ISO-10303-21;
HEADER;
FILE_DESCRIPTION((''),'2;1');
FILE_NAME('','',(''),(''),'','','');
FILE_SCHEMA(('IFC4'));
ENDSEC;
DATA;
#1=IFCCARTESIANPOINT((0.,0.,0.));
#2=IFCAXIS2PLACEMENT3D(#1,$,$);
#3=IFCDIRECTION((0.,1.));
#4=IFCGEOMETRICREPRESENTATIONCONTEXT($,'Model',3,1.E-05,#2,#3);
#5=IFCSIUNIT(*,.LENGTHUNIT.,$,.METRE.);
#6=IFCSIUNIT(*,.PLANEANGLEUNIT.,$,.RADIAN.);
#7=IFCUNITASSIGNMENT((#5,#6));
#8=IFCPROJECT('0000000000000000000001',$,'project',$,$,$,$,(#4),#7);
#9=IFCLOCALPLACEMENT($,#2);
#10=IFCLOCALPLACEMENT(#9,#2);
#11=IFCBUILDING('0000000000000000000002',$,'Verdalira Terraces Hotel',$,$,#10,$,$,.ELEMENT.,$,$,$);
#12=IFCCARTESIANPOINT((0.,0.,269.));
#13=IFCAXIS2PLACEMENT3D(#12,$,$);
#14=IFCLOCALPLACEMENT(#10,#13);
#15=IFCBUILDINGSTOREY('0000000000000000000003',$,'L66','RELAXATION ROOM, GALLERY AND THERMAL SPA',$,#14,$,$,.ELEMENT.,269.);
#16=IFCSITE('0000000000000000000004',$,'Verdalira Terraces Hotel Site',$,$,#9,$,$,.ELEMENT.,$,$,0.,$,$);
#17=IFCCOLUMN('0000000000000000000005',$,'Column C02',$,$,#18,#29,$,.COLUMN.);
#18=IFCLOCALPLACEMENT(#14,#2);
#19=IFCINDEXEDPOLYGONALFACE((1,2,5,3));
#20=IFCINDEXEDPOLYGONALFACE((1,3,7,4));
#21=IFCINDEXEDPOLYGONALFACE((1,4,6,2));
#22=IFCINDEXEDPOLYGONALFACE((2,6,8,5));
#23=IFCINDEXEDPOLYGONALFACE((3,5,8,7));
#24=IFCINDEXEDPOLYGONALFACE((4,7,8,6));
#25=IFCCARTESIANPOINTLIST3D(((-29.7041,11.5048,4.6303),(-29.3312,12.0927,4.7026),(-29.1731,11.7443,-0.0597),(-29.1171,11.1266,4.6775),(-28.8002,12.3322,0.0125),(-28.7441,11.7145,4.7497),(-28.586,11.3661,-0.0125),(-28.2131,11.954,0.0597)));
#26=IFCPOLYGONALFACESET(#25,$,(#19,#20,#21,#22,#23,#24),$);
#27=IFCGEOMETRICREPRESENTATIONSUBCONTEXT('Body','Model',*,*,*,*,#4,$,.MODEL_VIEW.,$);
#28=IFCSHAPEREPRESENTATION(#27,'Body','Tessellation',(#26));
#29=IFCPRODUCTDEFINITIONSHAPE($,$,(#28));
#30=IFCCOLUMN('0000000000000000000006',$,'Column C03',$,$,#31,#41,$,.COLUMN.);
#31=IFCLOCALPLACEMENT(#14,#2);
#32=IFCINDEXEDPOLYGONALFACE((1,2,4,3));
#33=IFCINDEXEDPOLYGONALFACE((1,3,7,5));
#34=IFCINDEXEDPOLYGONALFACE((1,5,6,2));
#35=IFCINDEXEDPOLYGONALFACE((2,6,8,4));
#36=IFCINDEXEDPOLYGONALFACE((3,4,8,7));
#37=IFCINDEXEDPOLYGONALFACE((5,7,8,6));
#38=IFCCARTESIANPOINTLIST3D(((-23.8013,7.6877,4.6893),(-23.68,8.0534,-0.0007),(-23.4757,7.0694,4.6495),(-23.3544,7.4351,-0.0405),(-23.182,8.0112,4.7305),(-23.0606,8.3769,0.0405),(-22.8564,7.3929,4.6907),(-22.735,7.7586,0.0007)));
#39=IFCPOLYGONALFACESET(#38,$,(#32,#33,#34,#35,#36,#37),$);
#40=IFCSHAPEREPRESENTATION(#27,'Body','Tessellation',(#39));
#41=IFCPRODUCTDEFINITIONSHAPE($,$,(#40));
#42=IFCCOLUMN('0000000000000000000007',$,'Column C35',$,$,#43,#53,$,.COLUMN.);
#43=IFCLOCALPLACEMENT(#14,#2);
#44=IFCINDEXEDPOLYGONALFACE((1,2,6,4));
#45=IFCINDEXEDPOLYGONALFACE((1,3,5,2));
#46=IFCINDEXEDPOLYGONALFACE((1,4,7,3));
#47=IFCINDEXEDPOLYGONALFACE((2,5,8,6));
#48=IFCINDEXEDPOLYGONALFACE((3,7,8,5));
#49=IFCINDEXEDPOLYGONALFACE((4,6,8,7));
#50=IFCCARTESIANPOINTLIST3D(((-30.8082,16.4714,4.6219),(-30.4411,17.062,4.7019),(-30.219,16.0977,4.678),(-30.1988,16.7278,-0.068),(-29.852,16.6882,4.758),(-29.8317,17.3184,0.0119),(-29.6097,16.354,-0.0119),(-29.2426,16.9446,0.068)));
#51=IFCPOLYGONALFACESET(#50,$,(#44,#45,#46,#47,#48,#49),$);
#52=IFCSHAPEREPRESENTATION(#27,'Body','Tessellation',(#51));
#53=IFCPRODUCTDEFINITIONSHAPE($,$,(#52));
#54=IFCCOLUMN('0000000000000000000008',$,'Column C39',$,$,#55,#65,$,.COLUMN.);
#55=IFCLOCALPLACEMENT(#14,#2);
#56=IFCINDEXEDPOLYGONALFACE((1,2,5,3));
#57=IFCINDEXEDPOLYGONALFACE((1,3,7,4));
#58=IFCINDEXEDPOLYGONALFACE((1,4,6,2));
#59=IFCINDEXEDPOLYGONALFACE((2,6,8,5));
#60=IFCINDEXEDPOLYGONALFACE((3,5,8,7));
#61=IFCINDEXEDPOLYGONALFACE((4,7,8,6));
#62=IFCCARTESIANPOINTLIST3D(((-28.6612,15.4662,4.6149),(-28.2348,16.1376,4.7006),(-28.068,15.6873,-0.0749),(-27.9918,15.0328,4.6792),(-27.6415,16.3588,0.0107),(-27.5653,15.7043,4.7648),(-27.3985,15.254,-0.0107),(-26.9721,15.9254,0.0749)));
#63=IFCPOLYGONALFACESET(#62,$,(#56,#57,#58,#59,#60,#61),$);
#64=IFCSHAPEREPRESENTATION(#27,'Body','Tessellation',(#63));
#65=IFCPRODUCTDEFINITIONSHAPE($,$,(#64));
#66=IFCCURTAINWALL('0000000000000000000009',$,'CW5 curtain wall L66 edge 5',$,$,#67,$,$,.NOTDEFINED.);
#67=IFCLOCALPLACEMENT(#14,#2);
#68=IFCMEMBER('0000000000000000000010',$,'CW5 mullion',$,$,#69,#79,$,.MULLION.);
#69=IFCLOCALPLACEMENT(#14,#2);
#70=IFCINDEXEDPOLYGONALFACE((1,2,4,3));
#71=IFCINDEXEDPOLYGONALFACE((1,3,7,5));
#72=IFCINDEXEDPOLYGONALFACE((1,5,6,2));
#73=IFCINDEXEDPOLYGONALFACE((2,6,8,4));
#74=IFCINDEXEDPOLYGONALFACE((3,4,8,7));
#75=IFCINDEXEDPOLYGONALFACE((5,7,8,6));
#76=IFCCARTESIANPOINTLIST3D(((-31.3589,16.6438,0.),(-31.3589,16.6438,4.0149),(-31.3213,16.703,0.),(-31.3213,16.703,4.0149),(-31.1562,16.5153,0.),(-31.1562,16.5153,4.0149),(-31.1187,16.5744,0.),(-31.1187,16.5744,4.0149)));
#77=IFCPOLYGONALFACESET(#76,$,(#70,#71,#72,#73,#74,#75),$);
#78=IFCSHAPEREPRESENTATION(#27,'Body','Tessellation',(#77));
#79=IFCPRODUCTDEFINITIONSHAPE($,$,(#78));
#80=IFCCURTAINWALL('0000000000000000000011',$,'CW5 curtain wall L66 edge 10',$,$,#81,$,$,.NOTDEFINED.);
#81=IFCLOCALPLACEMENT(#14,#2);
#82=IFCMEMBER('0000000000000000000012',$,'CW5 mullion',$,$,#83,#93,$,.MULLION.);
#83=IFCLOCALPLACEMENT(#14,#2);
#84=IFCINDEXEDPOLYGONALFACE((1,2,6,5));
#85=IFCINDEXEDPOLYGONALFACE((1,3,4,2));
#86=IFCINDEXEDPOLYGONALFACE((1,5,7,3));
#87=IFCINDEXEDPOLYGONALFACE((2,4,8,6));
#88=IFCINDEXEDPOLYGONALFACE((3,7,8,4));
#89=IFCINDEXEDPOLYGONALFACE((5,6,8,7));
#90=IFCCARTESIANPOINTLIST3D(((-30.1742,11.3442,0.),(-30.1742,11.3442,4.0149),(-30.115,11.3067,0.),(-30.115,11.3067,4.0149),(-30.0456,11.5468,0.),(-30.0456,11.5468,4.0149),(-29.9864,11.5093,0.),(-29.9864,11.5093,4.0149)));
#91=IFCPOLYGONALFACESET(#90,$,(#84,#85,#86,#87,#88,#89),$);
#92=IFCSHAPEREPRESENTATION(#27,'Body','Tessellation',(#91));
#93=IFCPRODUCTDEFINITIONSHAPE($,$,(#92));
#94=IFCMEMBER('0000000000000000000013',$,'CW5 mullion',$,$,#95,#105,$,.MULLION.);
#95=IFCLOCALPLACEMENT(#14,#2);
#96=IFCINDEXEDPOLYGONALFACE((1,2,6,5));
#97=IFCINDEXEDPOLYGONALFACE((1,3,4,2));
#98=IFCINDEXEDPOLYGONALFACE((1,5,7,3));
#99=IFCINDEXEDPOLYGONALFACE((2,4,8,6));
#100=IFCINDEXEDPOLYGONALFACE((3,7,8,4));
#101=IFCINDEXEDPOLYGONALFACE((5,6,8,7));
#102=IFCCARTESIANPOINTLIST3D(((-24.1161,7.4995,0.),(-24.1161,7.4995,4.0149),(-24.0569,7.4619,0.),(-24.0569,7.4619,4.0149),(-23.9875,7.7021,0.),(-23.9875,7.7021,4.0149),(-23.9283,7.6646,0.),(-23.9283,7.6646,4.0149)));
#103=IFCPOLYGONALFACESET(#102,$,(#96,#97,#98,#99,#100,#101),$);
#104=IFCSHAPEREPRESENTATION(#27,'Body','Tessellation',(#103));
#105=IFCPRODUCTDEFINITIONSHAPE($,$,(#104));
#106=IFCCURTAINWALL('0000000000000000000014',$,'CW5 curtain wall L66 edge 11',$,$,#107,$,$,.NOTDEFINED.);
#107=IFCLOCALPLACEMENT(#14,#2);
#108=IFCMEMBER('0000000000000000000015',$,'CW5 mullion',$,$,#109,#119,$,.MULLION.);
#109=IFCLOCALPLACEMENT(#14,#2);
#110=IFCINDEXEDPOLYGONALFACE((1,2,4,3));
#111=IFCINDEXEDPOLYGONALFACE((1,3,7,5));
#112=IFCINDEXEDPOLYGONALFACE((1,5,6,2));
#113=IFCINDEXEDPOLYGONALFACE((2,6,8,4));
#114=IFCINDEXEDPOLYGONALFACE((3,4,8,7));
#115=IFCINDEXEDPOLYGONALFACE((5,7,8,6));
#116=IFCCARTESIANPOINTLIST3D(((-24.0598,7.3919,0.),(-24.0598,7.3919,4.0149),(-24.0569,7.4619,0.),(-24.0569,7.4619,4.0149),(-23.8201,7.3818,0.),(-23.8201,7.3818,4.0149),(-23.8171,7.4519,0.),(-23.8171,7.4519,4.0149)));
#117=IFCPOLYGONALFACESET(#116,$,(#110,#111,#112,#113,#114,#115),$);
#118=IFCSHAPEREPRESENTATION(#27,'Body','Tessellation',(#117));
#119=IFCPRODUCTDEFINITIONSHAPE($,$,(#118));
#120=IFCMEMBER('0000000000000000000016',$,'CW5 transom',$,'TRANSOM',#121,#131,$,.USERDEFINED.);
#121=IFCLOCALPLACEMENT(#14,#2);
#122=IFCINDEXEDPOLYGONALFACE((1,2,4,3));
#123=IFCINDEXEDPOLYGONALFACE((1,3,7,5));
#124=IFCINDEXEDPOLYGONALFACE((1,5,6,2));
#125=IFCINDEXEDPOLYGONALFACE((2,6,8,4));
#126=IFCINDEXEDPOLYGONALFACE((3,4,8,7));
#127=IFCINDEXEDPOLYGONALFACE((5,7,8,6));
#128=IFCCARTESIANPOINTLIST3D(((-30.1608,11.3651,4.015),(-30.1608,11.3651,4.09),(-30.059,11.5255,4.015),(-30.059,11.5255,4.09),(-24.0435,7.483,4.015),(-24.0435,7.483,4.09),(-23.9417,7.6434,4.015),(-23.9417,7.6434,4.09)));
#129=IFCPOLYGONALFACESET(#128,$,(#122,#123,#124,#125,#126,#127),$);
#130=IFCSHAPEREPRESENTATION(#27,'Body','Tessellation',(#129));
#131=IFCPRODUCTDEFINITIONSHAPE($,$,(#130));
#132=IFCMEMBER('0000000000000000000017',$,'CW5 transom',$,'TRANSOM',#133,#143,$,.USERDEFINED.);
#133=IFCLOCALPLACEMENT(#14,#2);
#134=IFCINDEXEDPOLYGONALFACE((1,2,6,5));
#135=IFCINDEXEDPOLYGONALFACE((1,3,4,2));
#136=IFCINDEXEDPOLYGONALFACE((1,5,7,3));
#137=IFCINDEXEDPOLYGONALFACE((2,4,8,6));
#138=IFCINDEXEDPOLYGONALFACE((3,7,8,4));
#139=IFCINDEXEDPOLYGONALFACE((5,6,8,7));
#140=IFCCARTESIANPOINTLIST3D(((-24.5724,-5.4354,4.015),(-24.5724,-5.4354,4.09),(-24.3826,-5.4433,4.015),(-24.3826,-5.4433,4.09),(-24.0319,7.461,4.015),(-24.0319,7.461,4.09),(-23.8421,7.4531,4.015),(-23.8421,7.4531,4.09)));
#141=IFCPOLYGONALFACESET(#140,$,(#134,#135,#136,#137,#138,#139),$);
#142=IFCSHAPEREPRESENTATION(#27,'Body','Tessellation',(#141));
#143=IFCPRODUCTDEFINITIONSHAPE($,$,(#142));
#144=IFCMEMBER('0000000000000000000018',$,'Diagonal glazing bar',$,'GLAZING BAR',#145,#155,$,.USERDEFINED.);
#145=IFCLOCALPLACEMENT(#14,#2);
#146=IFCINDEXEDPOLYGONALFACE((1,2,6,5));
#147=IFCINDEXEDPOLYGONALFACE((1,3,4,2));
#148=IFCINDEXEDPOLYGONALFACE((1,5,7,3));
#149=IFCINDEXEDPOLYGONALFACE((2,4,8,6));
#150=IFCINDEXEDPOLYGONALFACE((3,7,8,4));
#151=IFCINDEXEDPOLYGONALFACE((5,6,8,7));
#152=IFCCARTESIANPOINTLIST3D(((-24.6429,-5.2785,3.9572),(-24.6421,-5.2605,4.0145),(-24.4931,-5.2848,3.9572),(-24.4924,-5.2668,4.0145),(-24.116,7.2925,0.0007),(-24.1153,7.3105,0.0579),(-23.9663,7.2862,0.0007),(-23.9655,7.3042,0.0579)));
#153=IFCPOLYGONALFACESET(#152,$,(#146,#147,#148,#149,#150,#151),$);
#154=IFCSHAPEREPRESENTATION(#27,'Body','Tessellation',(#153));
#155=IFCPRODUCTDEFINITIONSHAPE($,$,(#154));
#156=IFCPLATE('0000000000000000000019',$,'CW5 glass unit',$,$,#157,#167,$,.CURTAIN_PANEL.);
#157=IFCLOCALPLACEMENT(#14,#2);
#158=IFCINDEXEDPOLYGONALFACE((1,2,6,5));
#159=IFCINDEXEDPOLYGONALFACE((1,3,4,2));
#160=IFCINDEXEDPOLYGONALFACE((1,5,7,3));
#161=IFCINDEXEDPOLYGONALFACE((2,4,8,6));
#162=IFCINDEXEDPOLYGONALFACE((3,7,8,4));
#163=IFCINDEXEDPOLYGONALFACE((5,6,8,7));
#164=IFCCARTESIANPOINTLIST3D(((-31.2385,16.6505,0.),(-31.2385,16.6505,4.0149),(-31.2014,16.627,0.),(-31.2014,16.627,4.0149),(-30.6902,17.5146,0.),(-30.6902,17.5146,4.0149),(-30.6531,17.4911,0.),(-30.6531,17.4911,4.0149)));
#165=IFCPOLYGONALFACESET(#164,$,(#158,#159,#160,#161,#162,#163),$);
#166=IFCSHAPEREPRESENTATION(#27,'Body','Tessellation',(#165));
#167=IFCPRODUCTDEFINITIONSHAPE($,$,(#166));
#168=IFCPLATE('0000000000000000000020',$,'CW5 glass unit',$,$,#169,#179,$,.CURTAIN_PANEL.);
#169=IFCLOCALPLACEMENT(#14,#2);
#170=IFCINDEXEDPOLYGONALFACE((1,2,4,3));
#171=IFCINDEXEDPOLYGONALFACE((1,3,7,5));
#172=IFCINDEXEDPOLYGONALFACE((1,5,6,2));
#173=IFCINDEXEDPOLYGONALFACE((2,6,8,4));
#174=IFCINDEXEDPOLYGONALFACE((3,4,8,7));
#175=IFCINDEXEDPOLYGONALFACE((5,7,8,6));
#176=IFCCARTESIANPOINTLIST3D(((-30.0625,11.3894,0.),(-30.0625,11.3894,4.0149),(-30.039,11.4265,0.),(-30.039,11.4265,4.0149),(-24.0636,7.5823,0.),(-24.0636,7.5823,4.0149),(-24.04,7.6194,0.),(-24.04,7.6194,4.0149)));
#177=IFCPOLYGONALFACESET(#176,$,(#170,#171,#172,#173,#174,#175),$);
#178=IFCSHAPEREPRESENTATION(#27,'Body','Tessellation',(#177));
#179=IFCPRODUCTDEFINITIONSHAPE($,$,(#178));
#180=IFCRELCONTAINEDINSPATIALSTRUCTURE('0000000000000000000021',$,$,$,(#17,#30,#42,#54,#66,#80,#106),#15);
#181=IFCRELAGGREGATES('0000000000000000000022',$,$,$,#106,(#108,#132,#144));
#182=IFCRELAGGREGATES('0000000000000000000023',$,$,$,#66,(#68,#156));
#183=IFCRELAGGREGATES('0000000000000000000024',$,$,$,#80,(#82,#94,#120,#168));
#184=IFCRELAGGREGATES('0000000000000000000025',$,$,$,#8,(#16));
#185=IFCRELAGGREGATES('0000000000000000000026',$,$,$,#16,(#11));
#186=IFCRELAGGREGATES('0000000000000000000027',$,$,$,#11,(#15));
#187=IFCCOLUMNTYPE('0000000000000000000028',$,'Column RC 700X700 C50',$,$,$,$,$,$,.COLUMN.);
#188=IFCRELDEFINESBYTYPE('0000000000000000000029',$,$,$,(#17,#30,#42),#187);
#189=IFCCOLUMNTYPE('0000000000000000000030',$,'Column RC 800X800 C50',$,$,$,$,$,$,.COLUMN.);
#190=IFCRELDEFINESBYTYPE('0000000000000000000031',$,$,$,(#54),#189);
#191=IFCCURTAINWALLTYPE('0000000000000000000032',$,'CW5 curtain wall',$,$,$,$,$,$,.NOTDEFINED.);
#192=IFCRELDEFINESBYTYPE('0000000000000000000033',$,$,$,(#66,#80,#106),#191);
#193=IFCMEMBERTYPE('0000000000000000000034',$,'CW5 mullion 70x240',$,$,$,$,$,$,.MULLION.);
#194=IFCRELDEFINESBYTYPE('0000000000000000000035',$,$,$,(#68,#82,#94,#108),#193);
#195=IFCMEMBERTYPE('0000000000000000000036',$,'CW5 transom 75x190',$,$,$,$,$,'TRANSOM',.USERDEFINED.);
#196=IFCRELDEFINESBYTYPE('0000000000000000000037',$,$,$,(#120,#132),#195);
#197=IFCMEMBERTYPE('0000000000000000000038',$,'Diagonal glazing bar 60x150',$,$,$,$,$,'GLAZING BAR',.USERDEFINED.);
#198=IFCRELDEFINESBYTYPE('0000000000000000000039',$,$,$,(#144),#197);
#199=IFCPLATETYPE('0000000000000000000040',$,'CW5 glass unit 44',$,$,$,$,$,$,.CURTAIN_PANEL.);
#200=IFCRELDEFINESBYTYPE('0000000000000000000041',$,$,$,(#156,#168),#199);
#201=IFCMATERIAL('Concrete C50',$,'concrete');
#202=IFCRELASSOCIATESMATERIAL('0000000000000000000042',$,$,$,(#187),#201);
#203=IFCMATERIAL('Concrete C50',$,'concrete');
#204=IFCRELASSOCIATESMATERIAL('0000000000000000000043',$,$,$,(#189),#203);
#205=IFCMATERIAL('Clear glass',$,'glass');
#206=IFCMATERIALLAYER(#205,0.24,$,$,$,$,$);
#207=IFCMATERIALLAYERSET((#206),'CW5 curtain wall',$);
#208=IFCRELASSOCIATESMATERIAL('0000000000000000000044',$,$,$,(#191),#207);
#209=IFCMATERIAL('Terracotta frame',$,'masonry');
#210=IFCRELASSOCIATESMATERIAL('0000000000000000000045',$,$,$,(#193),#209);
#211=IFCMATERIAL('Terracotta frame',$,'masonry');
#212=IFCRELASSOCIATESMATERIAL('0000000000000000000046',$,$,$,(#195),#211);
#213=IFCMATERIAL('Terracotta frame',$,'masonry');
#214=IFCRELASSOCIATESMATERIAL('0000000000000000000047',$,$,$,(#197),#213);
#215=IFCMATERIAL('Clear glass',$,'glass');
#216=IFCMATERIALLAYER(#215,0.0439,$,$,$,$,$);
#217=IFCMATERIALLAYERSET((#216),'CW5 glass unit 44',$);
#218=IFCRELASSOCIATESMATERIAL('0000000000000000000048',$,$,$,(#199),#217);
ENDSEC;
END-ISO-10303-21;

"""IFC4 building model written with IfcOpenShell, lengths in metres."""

from ifc_helpers import new_model, si_unit, direction, frame, origin, origin_2d, place, context, subcontext, project, spatial, rectangle, extrude, material, layer, layer_set, material_profile, profile_set, type_object, element, aggregate, save


model = new_model("IFC4")

# Units and contexts
model_context = context("Model", 3, precision=1e-05, world=origin(), true_north=direction((0.0, 1.0)))
body_context = subcontext(model_context, "Body", "Model", "MODEL_VIEW")
ifc_project = project(units=[si_unit("LENGTHUNIT", "METRE"), si_unit("PLANEANGLEUNIT", "RADIAN")], contexts=[model_context])

# Site, building, storey
site_placement = place(None, origin())
site = spatial("IfcSite", under=ifc_project, at=site_placement, Name="Verdalira Terraces Hotel Site", CompositionType="ELEMENT", RefElevation=0.0)
building_placement = place(site_placement, origin())
building = spatial("IfcBuilding", under=site, at=building_placement, Name="Verdalira Terraces Hotel", CompositionType="ELEMENT")
storey_placement = place(building_placement, frame((0.0, 0.0, 269.0)))
storey = spatial("IfcBuildingStorey", under=building, at=storey_placement, Name="L66", Description="RELAXATION ROOM, GALLERY AND THERMAL SPA", CompositionType="ELEMENT", Elevation=269.0)

# Columns
ifc_material_1 = material(Name="Concrete C50", Category="concrete")
ifc_material_profile_1 = material_profile(ifc_material_1, rectangle(XDim=0.7, YDim=0.7, at=origin_2d()), Name="RC 700X700")
ifc_profile_set_1 = profile_set([ifc_material_profile_1], Name="Concrete C50")
column_type_1 = type_object("IfcColumnType", Name="Column RC 700X700 C50", PredefinedType="COLUMN", material=ifc_profile_set_1)
column_1_placement = place(storey_placement, frame((-28.6931, 11.8491, 0.0), z_axis=(-0.112359, -0.050678, 0.992375), x_axis=(0.838743, -0.540344, 0.06737)))
element("IfcColumn", 1, at=column_1_placement, inside=storey, type_object=column_type_1, Name="Column C02", PredefinedType="COLUMN", context=body_context, shape_type="SweptSolid", body=[
    extrude(rectangle(XDim=0.7, YDim=0.7, at=origin_2d()), origin(), (0.0, 0.0, 1.0), 4.7261),
])
column_2_placement = place(storey_placement, frame((-23.2075, 7.906, 0.0), z_axis=(-0.025785, -0.077718, 0.996642), x_axis=(-0.465171, 0.883393, 0.056852)))
element("IfcColumn", 2, at=column_2_placement, inside=storey, type_object=column_type_1, Name="Column C03", PredefinedType="COLUMN", context=body_context, shape_type="SweptSolid", body=[
    extrude(rectangle(XDim=0.7, YDim=0.7, at=origin_2d()), origin(), (0.0, 0.0, 1.0), 4.7058),
])
column_3_placement = place(storey_placement, frame((-29.7207, 16.8362, 0.0), z_axis=(-0.12866, -0.054124, 0.990211), x_axis=(-0.52442, -0.843758, -0.114258)))
element("IfcColumn", 3, at=column_3_placement, inside=storey, type_object=column_type_1, Name="Column C35", PredefinedType="COLUMN", context=body_context, shape_type="SweptSolid", body=[
    extrude(rectangle(XDim=0.7, YDim=0.7, at=origin_2d()), origin(), (0.0, 0.0, 1.0), 4.7363),
])
ifc_material_2 = material(Name="Concrete C50", Category="concrete")
ifc_material_profile_2 = material_profile(ifc_material_2, rectangle(XDim=0.8, YDim=0.8, at=origin_2d()), Name="RC 800X800")
ifc_profile_set_2 = profile_set([ifc_material_profile_2], Name="Concrete C50")
column_type_2 = type_object("IfcColumnType", Name="Column RC 800X800 C50", PredefinedType="COLUMN", material=ifc_profile_set_2)
column_4_placement = place(storey_placement, frame((-27.52, 15.8064, 0.0), z_axis=(-0.125359, -0.046739, 0.99101), x_axis=(-0.836743, 0.541677, -0.080298)))
element("IfcColumn", 4, at=column_4_placement, inside=storey, type_object=column_type_2, Name="Column C39", PredefinedType="COLUMN", context=body_context, shape_type="SweptSolid", body=[
    extrude(rectangle(XDim=0.8, YDim=0.8, at=origin_2d()), origin(), (0.0, 0.0, 1.0), 4.7324),
])

# Curtain wall, member
ifc_material_3 = material(Name="Clear glass", Category="glass")
ifc_layer_1 = layer(ifc_material_3, 0.24)
ifc_layer_set_1 = layer_set([ifc_layer_1], Name="CW5 curtain wall")
curtain_wall_type = type_object("IfcCurtainWallType", Name="CW5 curtain wall", PredefinedType="NOTDEFINED", material=ifc_layer_set_1)
curtain_wall_1_placement = place(storey_placement, origin())
curtain_wall_1 = element("IfcCurtainWall", 5, at=curtain_wall_1_placement, inside=storey, type_object=curtain_wall_type, Name="CW5 curtain wall L66 edge 5", PredefinedType="NOTDEFINED")
ifc_material_4 = material(Name="Terracotta frame", Category="masonry")
ifc_material_profile_3 = material_profile(ifc_material_4, rectangle(XDim=0.0701, YDim=0.24, at=origin_2d()), Name="MU 70x240")
ifc_profile_set_3 = profile_set([ifc_material_profile_3], Name="Terracotta frame")
member_type_1 = type_object("IfcMemberType", Name="CW5 mullion 70x240", PredefinedType="MULLION", material=ifc_profile_set_3)
member_1_placement = place(storey_placement, frame((-31.2388, 16.6091, 0.0), z_axis=(0.0, 0.0, 1.0), x_axis=(-0.535827, -0.844328, 0.0)))
member_1 = element("IfcMember", 6, at=member_1_placement, type_object=member_type_1, Name="CW5 mullion", PredefinedType="MULLION", context=body_context, shape_type="SweptSolid", body=[
    extrude(rectangle(XDim=0.0701, YDim=0.24, at=origin_2d()), origin(), (0.0, 0.0, 1.0), 4.0149),
])

# Curtain wall, members
curtain_wall_2_placement = place(storey_placement, origin())
curtain_wall_2 = element("IfcCurtainWall", 7, at=curtain_wall_2_placement, inside=storey, type_object=curtain_wall_type, Name="CW5 curtain wall L66 edge 10", PredefinedType="NOTDEFINED")
member_2_placement = place(storey_placement, frame((-30.0803, 11.4268, 0.0), z_axis=(0.0, 0.0, 1.0), x_axis=(0.844328, -0.535827, 0.0)))
member_2 = element("IfcMember", 8, at=member_2_placement, type_object=member_type_1, Name="CW5 mullion", PredefinedType="MULLION", context=body_context, shape_type="SweptSolid", body=[
    extrude(rectangle(XDim=0.0701, YDim=0.24, at=origin_2d()), origin(), (0.0, 0.0, 1.0), 4.0149),
])
member_3_placement = place(storey_placement, frame((-24.0222, 7.582, 0.0), z_axis=(0.0, 0.0, 1.0), x_axis=(0.844328, -0.535827, 0.0)))
member_3 = element("IfcMember", 9, at=member_3_placement, type_object=member_type_1, Name="CW5 mullion", PredefinedType="MULLION", context=body_context, shape_type="SweptSolid", body=[
    extrude(rectangle(XDim=0.0701, YDim=0.24, at=origin_2d()), origin(), (0.0, 0.0, 1.0), 4.0149),
])

# Curtain wall, member
curtain_wall_3_placement = place(storey_placement, origin())
curtain_wall_3 = element("IfcCurtainWall", 10, at=curtain_wall_3_placement, inside=storey, type_object=curtain_wall_type, Name="CW5 curtain wall L66 edge 11", PredefinedType="NOTDEFINED")
member_4_placement = place(storey_placement, frame((-23.9385, 7.4219, 0.0), z_axis=(0.0, 0.0, 1.0), x_axis=(-0.041876, -0.999123, 0.0)))
member_4 = element("IfcMember", 11, at=member_4_placement, type_object=member_type_1, Name="CW5 mullion", PredefinedType="MULLION", context=body_context, shape_type="SweptSolid", body=[
    extrude(rectangle(XDim=0.0701, YDim=0.24, at=origin_2d()), origin(), (0.0, 0.0, 1.0), 4.0149),
])

# Members
ifc_material_5 = material(Name="Terracotta frame", Category="masonry")
ifc_material_profile_4 = material_profile(ifc_material_5, rectangle(XDim=0.1899, YDim=0.075, at=origin_2d()), Name="TR 75x190")
ifc_profile_set_4 = profile_set([ifc_material_profile_4], Name="Terracotta frame")
member_type_2 = type_object("IfcMemberType", Name="CW5 transom 75x190", ElementType="TRANSOM", PredefinedType="USERDEFINED", material=ifc_profile_set_4)
member_5_placement = place(storey_placement, frame((-30.1099, 11.4453, 4.0525), z_axis=(0.844328, -0.535826, 0.0), x_axis=(0.535826, 0.844328, 0.0)))
member_5 = element("IfcMember", 12, at=member_5_placement, type_object=member_type_2, Name="CW5 transom", ObjectType="TRANSOM", PredefinedType="USERDEFINED", context=body_context, shape_type="SweptSolid", body=[
    extrude(rectangle(XDim=0.1899, YDim=0.075, at=origin_2d()), origin(), (0.0, 0.0, 1.0), 7.2451),
])
member_6_placement = place(storey_placement, frame((-23.937, 7.457, 4.0525), z_axis=(-0.041876, -0.999123, 0.0), x_axis=(0.999123, -0.041876, 0.0)))
member_6 = element("IfcMember", 13, at=member_6_placement, type_object=member_type_2, Name="CW5 transom", ObjectType="TRANSOM", PredefinedType="USERDEFINED", context=body_context, shape_type="SweptSolid", body=[
    extrude(rectangle(XDim=0.1899, YDim=0.075, at=origin_2d()), origin(), (0.0, 0.0, 1.0), 12.9077),
])
ifc_material_6 = material(Name="Terracotta frame", Category="masonry")
ifc_material_profile_5 = material_profile(ifc_material_6, rectangle(XDim=0.1499, YDim=0.0601, at=origin_2d()), Name="GB 60x150")
ifc_profile_set_5 = profile_set([ifc_material_profile_5], Name="Terracotta frame")
member_type_3 = type_object("IfcMemberType", Name="Diagonal glazing bar 60x150", ElementType="GLAZING BAR", PredefinedType="USERDEFINED", material=ifc_profile_set_5)
member_7_placement = place(storey_placement, frame((-24.0408, 7.2983, 0.0293), z_axis=(-0.039945, -0.95311, 0.299977), x_axis=(0.999123, -0.041873, 0.0)))
member_7 = element("IfcMember", 14, at=member_7_placement, type_object=member_type_3, Name="Diagonal glazing bar", ObjectType="GLAZING BAR", PredefinedType="USERDEFINED", context=body_context, shape_type="SweptSolid", body=[
    extrude(rectangle(XDim=0.1499, YDim=0.0601, at=origin_2d()), origin(), (0.0, 0.0, 1.0), 13.1895),
])
aggregate(curtain_wall_3, [member_4, member_6, member_7])

# Plates
ifc_material_7 = material(Name="Clear glass", Category="glass")
ifc_layer_2 = layer(ifc_material_7, 0.0439)
ifc_layer_set_2 = layer_set([ifc_layer_2], Name="CW5 glass unit 44")
plate_type = type_object("IfcPlateType", Name="CW5 glass unit 44", PredefinedType="CURTAIN_PANEL", material=ifc_layer_set_2)
plate_1_placement = place(storey_placement, frame((-30.9458, 17.0708, 0.0), z_axis=(0.0, 0.0, 1.0), x_axis=(-0.535827, -0.844328, 0.0)))
plate_1 = element("IfcPlate", 15, at=plate_1_placement, type_object=plate_type, Name="CW5 glass unit", PredefinedType="CURTAIN_PANEL", context=body_context, shape_type="SweptSolid", body=[
    extrude(rectangle(XDim=1.0234, YDim=0.0439, at=origin_2d()), origin(), (0.0, 0.0, 1.0), 4.0149),
])
aggregate(curtain_wall_1, [member_1, plate_1])
plate_2_placement = place(storey_placement, frame((-27.0513, 9.5044, 0.0), z_axis=(0.0, 0.0, 1.0), x_axis=(0.844328, -0.535827, 0.0)))
plate_2 = element("IfcPlate", 16, at=plate_2_placement, type_object=plate_type, Name="CW5 glass unit", PredefinedType="CURTAIN_PANEL", context=body_context, shape_type="SweptSolid", body=[
    extrude(rectangle(XDim=7.105, YDim=0.0439, at=origin_2d()), origin(), (0.0, 0.0, 1.0), 4.0149),
])
aggregate(curtain_wall_2, [member_2, member_3, member_5, plate_2])

save(model, "model.ifc")
